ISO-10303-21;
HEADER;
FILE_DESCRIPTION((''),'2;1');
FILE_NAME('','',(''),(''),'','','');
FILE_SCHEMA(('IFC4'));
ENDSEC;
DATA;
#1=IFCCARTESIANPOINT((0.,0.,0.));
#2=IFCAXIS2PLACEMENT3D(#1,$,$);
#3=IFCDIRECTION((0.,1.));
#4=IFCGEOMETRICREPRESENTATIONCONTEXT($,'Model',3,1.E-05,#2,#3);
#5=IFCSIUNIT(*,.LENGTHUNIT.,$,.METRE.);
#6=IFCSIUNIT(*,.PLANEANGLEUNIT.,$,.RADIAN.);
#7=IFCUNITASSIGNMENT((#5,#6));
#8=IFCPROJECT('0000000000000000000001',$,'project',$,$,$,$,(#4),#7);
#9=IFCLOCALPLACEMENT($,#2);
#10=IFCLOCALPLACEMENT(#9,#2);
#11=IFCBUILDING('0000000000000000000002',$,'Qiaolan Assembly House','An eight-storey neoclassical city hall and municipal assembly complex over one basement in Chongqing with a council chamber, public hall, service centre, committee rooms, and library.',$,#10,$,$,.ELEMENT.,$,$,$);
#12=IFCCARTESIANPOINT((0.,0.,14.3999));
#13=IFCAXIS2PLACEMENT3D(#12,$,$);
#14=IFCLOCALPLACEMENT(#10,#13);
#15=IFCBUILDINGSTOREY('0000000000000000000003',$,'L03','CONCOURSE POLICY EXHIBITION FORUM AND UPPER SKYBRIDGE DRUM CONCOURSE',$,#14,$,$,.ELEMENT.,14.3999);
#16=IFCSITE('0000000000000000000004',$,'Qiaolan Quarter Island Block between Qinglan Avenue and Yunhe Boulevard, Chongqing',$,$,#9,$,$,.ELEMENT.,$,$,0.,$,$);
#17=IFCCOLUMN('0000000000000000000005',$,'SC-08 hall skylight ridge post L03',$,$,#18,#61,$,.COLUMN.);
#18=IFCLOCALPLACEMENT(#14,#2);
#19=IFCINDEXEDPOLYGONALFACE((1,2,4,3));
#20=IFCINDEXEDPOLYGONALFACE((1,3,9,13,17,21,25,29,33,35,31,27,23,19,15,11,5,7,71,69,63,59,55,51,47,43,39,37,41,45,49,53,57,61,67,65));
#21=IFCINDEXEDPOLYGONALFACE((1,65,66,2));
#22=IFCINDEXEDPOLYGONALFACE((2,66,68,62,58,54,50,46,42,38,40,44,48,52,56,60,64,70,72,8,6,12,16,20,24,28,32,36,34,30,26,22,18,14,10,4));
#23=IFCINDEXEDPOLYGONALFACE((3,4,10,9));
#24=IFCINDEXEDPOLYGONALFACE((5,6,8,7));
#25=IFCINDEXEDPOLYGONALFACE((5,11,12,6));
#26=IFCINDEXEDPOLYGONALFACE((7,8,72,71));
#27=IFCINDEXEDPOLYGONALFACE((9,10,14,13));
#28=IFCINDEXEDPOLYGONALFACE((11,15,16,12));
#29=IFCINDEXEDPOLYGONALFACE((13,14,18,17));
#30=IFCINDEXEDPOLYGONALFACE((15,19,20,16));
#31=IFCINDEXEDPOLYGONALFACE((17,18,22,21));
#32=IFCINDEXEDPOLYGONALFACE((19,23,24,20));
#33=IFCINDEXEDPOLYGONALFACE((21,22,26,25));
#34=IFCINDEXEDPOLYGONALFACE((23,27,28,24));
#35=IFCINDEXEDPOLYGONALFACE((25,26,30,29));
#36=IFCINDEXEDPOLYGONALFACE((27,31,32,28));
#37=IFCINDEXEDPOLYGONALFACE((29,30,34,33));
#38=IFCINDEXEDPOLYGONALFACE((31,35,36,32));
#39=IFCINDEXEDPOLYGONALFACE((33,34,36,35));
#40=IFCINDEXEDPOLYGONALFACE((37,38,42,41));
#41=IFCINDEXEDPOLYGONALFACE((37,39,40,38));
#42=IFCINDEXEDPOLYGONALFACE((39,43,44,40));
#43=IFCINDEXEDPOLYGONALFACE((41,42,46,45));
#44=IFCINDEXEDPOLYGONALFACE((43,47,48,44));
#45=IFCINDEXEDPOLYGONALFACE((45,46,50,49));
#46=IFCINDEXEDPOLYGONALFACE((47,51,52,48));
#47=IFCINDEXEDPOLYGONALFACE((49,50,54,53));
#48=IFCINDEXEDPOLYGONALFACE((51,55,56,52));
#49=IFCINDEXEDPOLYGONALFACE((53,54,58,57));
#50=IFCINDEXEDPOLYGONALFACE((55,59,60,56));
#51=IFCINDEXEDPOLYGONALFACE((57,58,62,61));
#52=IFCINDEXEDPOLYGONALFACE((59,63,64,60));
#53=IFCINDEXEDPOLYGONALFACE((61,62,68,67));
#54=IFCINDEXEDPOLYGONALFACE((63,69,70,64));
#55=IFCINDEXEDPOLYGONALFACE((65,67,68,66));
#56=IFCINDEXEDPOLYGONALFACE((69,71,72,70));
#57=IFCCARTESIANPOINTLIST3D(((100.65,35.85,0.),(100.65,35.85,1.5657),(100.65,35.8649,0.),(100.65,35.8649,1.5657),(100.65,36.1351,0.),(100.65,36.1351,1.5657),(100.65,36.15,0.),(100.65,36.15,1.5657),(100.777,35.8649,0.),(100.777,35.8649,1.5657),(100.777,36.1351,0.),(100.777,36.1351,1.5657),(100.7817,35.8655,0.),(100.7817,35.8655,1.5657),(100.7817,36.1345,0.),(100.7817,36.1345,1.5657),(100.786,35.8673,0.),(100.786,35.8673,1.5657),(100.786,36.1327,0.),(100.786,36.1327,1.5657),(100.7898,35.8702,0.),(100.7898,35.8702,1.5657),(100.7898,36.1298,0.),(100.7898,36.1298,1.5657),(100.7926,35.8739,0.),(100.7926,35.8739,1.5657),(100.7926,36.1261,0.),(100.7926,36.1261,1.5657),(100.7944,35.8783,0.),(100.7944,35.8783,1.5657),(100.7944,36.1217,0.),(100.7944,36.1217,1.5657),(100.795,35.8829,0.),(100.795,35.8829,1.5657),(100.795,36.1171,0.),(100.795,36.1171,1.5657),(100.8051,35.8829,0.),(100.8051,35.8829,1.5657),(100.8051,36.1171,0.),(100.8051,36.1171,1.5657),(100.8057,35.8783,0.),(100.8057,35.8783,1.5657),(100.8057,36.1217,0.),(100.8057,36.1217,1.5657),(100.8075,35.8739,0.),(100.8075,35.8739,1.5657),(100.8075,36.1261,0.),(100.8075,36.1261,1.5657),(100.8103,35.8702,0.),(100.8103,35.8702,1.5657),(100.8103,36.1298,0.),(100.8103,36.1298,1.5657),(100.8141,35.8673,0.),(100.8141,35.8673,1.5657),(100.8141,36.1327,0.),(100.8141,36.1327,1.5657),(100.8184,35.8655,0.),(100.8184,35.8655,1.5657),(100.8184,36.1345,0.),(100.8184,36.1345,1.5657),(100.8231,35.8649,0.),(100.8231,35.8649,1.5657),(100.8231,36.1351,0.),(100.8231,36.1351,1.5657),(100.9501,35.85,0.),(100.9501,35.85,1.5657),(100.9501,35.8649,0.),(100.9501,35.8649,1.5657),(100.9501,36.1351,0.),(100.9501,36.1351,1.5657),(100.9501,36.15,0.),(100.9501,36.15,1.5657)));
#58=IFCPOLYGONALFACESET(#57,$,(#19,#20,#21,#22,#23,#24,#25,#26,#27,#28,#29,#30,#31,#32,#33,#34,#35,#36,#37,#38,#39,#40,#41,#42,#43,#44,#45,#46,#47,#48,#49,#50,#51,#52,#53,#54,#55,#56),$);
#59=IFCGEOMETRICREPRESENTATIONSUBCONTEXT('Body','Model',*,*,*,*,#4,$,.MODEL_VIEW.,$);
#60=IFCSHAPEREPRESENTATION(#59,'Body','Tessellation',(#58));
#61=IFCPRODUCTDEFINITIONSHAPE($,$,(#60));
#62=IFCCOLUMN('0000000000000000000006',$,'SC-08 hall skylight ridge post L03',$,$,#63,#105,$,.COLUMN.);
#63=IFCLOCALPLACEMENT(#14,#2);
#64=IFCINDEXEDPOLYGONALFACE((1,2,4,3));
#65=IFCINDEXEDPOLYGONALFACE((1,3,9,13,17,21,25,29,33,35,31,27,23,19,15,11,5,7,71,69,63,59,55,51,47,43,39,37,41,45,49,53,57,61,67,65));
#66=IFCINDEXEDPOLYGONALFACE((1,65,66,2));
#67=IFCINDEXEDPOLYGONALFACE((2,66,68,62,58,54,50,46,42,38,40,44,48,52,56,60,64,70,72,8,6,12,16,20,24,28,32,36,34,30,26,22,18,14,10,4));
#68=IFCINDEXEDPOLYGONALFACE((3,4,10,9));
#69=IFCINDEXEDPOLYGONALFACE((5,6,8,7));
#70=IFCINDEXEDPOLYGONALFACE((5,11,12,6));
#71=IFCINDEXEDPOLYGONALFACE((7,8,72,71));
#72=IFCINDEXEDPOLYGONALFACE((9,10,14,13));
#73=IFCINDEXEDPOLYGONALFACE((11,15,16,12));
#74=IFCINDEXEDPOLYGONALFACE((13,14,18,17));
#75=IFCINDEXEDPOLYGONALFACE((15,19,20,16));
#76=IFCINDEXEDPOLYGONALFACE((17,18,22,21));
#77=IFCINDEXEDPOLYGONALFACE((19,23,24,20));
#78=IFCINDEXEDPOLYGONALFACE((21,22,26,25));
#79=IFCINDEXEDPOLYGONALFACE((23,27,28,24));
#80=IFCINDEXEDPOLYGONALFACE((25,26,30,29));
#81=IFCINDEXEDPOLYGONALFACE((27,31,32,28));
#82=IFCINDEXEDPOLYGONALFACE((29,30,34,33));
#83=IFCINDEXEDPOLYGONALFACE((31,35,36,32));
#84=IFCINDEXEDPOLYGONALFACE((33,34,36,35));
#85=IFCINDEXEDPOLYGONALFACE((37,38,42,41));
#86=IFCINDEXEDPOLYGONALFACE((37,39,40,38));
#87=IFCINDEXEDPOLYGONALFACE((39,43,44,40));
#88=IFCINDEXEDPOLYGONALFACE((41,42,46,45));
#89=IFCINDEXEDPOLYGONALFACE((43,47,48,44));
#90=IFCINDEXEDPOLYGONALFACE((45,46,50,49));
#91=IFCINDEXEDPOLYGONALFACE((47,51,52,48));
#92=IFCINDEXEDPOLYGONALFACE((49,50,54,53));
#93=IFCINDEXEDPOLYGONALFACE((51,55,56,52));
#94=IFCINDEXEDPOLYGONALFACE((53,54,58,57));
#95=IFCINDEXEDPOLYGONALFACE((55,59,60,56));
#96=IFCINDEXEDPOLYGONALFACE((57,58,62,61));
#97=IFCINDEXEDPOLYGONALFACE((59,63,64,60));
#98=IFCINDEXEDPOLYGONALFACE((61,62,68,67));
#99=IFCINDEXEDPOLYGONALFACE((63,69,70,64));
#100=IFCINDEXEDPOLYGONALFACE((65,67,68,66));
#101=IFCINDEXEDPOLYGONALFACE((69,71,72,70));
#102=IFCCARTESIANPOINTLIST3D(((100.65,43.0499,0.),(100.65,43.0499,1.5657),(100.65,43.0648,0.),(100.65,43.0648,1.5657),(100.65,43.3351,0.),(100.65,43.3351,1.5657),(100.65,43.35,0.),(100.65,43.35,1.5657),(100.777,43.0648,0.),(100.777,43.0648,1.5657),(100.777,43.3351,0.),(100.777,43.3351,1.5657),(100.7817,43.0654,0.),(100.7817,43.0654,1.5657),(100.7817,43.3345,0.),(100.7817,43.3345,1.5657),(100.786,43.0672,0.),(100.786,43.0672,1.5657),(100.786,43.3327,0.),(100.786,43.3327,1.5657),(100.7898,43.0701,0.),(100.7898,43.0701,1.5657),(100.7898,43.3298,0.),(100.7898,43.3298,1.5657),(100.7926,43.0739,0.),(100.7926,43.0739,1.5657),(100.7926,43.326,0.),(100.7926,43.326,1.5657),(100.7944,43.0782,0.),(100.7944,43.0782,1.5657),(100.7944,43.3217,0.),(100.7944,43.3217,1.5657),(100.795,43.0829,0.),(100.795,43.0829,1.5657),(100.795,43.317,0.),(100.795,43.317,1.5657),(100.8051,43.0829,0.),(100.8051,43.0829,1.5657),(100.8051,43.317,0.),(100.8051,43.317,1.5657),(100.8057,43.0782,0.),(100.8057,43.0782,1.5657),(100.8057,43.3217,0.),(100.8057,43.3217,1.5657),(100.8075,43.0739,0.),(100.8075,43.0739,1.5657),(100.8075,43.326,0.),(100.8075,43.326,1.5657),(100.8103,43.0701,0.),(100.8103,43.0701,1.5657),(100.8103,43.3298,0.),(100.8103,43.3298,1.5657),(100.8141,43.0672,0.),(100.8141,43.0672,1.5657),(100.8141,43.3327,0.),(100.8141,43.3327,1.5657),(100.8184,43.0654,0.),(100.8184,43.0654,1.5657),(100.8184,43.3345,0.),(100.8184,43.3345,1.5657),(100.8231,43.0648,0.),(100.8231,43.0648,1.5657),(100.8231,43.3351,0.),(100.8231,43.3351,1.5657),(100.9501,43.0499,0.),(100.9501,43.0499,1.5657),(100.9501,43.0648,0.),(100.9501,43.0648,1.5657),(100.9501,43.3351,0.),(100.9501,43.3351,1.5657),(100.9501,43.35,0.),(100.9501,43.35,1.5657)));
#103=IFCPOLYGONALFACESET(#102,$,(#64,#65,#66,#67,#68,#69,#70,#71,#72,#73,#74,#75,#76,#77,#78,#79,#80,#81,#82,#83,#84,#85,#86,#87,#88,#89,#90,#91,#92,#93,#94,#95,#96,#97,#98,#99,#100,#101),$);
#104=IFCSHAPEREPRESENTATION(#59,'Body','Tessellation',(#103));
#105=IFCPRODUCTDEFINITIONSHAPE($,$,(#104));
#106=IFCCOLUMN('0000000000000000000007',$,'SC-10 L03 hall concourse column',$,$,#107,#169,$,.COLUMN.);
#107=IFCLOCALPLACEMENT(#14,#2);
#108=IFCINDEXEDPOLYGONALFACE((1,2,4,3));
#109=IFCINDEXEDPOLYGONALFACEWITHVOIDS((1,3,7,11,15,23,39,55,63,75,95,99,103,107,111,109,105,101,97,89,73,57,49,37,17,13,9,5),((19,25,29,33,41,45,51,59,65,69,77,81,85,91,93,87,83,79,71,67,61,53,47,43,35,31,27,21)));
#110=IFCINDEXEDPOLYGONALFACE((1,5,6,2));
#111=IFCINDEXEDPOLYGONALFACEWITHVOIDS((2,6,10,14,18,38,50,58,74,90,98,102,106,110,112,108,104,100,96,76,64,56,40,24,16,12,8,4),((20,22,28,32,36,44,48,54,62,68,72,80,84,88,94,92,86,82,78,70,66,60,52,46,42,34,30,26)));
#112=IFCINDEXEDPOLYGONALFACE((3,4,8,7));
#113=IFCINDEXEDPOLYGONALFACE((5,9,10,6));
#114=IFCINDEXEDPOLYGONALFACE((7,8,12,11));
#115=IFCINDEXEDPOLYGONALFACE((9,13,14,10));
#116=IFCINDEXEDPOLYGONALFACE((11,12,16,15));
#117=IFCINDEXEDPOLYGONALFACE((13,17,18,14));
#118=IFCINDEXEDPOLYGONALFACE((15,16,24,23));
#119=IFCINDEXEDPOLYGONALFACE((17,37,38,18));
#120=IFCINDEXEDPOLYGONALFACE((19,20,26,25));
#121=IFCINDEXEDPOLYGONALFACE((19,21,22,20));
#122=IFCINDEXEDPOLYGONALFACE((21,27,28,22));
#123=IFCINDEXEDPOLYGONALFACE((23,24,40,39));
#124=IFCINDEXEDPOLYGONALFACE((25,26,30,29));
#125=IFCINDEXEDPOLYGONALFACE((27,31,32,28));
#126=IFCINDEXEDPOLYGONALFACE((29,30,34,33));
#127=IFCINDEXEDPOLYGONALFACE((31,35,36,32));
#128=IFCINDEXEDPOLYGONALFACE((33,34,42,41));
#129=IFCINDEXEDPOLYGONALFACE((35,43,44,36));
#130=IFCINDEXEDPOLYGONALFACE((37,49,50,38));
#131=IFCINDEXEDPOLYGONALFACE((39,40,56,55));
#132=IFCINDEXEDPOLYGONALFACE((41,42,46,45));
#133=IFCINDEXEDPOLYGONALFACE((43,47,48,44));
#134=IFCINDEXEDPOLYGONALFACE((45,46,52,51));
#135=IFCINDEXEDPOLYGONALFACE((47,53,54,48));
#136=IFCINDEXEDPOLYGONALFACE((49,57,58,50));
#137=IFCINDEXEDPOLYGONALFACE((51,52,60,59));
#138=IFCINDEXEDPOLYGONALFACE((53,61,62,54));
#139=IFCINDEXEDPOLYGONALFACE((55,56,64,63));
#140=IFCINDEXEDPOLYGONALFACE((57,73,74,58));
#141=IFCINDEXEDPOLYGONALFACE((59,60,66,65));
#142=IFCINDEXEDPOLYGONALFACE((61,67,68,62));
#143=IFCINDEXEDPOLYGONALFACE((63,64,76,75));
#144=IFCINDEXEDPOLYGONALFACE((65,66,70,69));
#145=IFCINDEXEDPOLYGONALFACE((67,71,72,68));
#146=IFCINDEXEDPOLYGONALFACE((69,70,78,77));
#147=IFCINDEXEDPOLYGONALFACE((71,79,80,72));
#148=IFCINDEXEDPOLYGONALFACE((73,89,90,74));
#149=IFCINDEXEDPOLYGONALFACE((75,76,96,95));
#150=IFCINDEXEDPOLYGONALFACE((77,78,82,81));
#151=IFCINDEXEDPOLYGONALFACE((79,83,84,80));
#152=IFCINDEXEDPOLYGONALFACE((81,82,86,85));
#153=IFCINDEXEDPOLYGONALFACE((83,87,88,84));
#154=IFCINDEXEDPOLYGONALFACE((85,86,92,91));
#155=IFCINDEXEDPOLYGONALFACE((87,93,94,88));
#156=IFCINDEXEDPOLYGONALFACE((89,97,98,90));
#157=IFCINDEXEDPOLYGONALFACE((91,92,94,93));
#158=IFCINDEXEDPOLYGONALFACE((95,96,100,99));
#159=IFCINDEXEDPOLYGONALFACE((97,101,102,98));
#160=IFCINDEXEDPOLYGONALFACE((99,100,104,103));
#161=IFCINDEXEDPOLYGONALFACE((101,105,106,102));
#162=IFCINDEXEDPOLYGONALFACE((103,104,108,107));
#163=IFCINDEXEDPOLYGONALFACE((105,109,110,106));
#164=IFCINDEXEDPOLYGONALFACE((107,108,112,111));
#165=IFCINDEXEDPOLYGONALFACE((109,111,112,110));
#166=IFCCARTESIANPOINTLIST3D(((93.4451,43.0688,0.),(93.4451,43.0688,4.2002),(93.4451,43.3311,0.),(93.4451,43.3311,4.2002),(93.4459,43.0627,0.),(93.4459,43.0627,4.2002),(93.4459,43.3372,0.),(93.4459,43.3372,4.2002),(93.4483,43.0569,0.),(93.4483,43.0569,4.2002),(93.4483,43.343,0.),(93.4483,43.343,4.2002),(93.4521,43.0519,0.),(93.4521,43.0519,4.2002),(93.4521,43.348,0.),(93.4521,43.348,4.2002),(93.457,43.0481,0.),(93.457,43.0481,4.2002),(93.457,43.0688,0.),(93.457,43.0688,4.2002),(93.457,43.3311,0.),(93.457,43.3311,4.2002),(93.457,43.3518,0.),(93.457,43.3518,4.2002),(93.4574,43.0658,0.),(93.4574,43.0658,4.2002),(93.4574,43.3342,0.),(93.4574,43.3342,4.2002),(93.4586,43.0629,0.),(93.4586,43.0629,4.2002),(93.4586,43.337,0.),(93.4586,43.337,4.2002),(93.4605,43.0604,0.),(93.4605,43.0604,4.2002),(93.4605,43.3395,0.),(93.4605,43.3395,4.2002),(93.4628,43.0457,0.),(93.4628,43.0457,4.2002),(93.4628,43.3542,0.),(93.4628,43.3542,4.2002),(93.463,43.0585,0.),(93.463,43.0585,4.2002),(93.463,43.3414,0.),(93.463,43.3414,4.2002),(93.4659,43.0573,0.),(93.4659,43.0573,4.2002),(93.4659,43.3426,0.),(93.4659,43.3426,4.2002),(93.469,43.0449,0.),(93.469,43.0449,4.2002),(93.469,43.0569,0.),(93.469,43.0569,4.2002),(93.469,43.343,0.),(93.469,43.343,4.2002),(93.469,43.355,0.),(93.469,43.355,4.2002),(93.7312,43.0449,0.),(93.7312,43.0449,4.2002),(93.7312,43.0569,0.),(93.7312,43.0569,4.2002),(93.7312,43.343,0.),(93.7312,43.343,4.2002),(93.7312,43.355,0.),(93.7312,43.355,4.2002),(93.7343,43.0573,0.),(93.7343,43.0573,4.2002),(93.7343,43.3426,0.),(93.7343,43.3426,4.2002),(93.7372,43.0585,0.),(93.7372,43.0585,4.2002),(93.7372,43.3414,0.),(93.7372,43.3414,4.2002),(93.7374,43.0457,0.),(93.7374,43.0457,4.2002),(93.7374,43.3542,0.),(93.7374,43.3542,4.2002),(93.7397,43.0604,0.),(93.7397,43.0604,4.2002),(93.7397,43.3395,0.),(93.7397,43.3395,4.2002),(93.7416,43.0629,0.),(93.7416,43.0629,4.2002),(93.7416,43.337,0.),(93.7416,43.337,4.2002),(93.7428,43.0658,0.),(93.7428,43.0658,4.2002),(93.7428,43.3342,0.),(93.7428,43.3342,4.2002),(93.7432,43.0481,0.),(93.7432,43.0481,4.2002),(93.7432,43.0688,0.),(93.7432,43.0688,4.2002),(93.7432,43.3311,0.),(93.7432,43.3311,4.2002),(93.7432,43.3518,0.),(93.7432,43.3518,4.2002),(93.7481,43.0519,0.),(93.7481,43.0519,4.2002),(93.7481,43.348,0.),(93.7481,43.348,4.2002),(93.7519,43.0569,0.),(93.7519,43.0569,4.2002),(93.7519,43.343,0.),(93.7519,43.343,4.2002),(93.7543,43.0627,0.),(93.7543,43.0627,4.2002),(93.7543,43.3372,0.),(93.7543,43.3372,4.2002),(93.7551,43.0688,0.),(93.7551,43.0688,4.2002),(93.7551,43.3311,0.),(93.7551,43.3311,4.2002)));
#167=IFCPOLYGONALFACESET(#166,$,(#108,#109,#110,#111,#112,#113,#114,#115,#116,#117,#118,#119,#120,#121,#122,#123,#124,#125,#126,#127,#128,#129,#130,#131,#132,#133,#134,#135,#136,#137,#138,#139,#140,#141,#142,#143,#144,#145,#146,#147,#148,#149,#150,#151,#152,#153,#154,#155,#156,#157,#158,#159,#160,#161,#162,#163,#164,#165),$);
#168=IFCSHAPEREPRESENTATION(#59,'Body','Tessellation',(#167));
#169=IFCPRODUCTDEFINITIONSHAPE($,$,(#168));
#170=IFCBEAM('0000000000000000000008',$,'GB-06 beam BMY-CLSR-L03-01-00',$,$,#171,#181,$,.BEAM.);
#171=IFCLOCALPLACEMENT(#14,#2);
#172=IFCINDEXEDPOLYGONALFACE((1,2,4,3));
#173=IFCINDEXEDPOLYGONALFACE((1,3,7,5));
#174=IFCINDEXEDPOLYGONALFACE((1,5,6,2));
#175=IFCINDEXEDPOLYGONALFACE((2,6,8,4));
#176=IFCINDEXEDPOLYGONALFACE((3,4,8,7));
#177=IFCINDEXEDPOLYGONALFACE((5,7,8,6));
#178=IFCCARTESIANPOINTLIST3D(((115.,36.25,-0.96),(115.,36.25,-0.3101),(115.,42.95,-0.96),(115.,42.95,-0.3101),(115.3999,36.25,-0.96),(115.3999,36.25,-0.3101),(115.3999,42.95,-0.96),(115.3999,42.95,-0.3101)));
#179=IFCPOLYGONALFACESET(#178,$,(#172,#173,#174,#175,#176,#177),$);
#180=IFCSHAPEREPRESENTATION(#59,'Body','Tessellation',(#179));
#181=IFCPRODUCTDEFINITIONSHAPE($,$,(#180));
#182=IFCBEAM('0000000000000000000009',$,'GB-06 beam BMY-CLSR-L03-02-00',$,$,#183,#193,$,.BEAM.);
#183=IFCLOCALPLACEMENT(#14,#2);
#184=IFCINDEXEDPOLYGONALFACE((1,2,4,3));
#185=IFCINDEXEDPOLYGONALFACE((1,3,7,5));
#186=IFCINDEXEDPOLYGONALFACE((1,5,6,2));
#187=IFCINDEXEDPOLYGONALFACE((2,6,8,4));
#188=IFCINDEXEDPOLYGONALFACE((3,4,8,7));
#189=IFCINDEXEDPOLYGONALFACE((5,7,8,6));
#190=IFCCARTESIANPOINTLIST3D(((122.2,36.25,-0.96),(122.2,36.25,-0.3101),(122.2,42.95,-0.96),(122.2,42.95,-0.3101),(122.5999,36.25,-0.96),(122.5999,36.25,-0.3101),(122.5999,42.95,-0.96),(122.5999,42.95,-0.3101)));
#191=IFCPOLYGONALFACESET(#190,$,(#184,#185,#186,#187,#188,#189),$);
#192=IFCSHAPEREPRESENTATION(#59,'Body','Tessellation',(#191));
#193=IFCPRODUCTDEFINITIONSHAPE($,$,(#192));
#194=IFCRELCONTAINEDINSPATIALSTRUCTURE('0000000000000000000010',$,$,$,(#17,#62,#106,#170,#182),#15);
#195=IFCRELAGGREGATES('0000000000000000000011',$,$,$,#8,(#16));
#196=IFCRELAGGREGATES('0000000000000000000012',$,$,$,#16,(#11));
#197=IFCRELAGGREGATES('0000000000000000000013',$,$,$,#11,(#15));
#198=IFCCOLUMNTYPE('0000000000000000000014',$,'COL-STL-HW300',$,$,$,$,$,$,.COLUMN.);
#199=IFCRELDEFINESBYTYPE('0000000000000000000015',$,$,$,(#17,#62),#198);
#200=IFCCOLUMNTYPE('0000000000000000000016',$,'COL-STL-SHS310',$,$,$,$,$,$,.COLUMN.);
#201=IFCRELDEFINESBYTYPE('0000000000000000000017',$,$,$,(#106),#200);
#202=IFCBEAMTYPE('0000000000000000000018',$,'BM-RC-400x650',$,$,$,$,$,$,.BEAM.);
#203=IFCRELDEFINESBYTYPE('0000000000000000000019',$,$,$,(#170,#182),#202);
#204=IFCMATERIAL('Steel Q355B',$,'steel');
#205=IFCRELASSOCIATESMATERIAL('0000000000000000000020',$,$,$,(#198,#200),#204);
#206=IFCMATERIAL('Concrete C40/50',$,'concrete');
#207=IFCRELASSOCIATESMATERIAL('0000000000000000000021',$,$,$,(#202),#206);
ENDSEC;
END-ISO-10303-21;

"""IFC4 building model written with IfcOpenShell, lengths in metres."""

from ifc_helpers import new_model, si_unit, direction, frame, origin, origin_2d, place, context, subcontext, project, spatial, rectangle, hollow_rectangle, i_section, extrude, material, material_profile, profile_set, type_object, element, save


model = new_model("IFC4")

# Units and contexts
model_context = context("Model", 3, precision=1e-05, world=origin(), true_north=direction((0.0, 1.0)))
body_context = subcontext(model_context, "Body", "Model", "MODEL_VIEW")
ifc_project = project(units=[si_unit("LENGTHUNIT", "METRE"), si_unit("PLANEANGLEUNIT", "RADIAN")], contexts=[model_context])

# Site, building, storey
site_placement = place(None, origin())
site = spatial("IfcSite", under=ifc_project, at=site_placement, Name="Qiaolan Quarter Island Block between Qinglan Avenue and Yunhe Boulevard, Chongqing", CompositionType="ELEMENT", RefElevation=0.0)
building_placement = place(site_placement, origin())
building = spatial("IfcBuilding", under=site, at=building_placement, Name="Qiaolan Assembly House", Description="An eight-storey neoclassical city hall and municipal assembly complex over one basement in Chongqing with a council chamber, public hall, service centre, committee rooms, and library.", CompositionType="ELEMENT")
storey_placement = place(building_placement, frame((0.0, 0.0, 14.3999)))
storey = spatial("IfcBuildingStorey", under=building, at=storey_placement, Name="L03", Description="CONCOURSE POLICY EXHIBITION FORUM AND UPPER SKYBRIDGE DRUM CONCOURSE", CompositionType="ELEMENT", Elevation=14.3999)

# Columns
ifc_material_1 = material(Name="Steel Q355B", Category="steel")
ifc_material_profile_1 = material_profile(ifc_material_1, i_section(OverallWidth=0.3, OverallDepth=0.3, WebThickness=0.01, FlangeThickness=0.0149, FilletRadius=0.0181, at=origin_2d()), Name="HW 300x300x10x15")
ifc_profile_set_1 = profile_set([ifc_material_profile_1], Name="Steel Q355B")
column_type_1 = type_object("IfcColumnType", Name="COL-STL-HW300", PredefinedType="COLUMN", material=ifc_profile_set_1)
for number, where, z_axis, x_axis, name in (
    (1, (100.8, 36.0, 0.0), (0.0, 0.0, 1.0), (1.0, 0.0, 0.0), "SC-08 hall skylight ridge post L03"),
    (2, (100.8, 43.2, 0.0), (0.0, 0.0, 1.0), (1.0, 0.0, 0.0), "SC-08 hall skylight ridge post L03"),
):
    element("IfcColumn", number, at=place(storey_placement, frame(where, z_axis=z_axis, x_axis=x_axis)), inside=storey, type_object=column_type_1, Name=name, PredefinedType="COLUMN", context=body_context, shape_type="SweptSolid", body=[
        extrude(i_section(OverallWidth=0.3, OverallDepth=0.3, WebThickness=0.01, FlangeThickness=0.0149, FilletRadius=0.0181, at=origin_2d()), origin(), (0.0, 0.0, 1.0), 1.5657),
    ])
ifc_material_profile_2 = material_profile(ifc_material_1, hollow_rectangle(XDim=0.3101, YDim=0.3101, WallThickness=0.012, InnerFilletRadius=0.012, OuterFilletRadius=0.0239, at=origin_2d()), Name="SHS 310x310x12")
ifc_profile_set_2 = profile_set([ifc_material_profile_2], Name="Steel Q355B")
column_type_2 = type_object("IfcColumnType", Name="COL-STL-SHS310", PredefinedType="COLUMN", material=ifc_profile_set_2)
column_placement = place(storey_placement, frame((93.6001, 43.2, 0.0), z_axis=(0.0, 0.0, 1.0), x_axis=(1.0, 0.0, 0.0)))
element("IfcColumn", 3, at=column_placement, inside=storey, type_object=column_type_2, Name="SC-10 L03 hall concourse column", PredefinedType="COLUMN", context=body_context, shape_type="SweptSolid", body=[
    extrude(hollow_rectangle(XDim=0.3101, YDim=0.3101, WallThickness=0.012, InnerFilletRadius=0.012, OuterFilletRadius=0.0239, at=origin_2d()), origin(), (0.0, 0.0, 1.0), 4.2002),
])

# Beams
ifc_material_2 = material(Name="Concrete C40/50", Category="concrete")
ifc_material_profile_3 = material_profile(ifc_material_2, rectangle(XDim=0.3999, YDim=0.6499, at=origin_2d()), Name="RCB 400x650")
ifc_profile_set_3 = profile_set([ifc_material_profile_3], Name="Concrete C40/50")
beam_type_1 = type_object("IfcBeamType", Name="BM-RC-400x650", PredefinedType="BEAM", material=ifc_profile_set_3)
for number, where, z_axis, x_axis, name in (
    (4, (115.2, 36.25, -0.635), (0.0, 1.0, 0.0), (-1.0, 0.0, 0.0), "GB-06 beam BMY-CLSR-L03-01-00"),
    (5, (122.3999, 36.25, -0.635), (0.0, 1.0, 0.0), (-1.0, 0.0, 0.0), "GB-06 beam BMY-CLSR-L03-02-00"),
):
    element("IfcBeam", number, at=place(storey_placement, frame(where, z_axis=z_axis, x_axis=x_axis)), inside=storey, type_object=beam_type_1, Name=name, PredefinedType="BEAM", context=body_context, shape_type="SweptSolid", body=[
        extrude(rectangle(XDim=0.3999, YDim=0.6499, at=origin_2d()), origin(), (0.0, 0.0, 1.0), 6.7),
    ])

save(model, "model.ifc")
